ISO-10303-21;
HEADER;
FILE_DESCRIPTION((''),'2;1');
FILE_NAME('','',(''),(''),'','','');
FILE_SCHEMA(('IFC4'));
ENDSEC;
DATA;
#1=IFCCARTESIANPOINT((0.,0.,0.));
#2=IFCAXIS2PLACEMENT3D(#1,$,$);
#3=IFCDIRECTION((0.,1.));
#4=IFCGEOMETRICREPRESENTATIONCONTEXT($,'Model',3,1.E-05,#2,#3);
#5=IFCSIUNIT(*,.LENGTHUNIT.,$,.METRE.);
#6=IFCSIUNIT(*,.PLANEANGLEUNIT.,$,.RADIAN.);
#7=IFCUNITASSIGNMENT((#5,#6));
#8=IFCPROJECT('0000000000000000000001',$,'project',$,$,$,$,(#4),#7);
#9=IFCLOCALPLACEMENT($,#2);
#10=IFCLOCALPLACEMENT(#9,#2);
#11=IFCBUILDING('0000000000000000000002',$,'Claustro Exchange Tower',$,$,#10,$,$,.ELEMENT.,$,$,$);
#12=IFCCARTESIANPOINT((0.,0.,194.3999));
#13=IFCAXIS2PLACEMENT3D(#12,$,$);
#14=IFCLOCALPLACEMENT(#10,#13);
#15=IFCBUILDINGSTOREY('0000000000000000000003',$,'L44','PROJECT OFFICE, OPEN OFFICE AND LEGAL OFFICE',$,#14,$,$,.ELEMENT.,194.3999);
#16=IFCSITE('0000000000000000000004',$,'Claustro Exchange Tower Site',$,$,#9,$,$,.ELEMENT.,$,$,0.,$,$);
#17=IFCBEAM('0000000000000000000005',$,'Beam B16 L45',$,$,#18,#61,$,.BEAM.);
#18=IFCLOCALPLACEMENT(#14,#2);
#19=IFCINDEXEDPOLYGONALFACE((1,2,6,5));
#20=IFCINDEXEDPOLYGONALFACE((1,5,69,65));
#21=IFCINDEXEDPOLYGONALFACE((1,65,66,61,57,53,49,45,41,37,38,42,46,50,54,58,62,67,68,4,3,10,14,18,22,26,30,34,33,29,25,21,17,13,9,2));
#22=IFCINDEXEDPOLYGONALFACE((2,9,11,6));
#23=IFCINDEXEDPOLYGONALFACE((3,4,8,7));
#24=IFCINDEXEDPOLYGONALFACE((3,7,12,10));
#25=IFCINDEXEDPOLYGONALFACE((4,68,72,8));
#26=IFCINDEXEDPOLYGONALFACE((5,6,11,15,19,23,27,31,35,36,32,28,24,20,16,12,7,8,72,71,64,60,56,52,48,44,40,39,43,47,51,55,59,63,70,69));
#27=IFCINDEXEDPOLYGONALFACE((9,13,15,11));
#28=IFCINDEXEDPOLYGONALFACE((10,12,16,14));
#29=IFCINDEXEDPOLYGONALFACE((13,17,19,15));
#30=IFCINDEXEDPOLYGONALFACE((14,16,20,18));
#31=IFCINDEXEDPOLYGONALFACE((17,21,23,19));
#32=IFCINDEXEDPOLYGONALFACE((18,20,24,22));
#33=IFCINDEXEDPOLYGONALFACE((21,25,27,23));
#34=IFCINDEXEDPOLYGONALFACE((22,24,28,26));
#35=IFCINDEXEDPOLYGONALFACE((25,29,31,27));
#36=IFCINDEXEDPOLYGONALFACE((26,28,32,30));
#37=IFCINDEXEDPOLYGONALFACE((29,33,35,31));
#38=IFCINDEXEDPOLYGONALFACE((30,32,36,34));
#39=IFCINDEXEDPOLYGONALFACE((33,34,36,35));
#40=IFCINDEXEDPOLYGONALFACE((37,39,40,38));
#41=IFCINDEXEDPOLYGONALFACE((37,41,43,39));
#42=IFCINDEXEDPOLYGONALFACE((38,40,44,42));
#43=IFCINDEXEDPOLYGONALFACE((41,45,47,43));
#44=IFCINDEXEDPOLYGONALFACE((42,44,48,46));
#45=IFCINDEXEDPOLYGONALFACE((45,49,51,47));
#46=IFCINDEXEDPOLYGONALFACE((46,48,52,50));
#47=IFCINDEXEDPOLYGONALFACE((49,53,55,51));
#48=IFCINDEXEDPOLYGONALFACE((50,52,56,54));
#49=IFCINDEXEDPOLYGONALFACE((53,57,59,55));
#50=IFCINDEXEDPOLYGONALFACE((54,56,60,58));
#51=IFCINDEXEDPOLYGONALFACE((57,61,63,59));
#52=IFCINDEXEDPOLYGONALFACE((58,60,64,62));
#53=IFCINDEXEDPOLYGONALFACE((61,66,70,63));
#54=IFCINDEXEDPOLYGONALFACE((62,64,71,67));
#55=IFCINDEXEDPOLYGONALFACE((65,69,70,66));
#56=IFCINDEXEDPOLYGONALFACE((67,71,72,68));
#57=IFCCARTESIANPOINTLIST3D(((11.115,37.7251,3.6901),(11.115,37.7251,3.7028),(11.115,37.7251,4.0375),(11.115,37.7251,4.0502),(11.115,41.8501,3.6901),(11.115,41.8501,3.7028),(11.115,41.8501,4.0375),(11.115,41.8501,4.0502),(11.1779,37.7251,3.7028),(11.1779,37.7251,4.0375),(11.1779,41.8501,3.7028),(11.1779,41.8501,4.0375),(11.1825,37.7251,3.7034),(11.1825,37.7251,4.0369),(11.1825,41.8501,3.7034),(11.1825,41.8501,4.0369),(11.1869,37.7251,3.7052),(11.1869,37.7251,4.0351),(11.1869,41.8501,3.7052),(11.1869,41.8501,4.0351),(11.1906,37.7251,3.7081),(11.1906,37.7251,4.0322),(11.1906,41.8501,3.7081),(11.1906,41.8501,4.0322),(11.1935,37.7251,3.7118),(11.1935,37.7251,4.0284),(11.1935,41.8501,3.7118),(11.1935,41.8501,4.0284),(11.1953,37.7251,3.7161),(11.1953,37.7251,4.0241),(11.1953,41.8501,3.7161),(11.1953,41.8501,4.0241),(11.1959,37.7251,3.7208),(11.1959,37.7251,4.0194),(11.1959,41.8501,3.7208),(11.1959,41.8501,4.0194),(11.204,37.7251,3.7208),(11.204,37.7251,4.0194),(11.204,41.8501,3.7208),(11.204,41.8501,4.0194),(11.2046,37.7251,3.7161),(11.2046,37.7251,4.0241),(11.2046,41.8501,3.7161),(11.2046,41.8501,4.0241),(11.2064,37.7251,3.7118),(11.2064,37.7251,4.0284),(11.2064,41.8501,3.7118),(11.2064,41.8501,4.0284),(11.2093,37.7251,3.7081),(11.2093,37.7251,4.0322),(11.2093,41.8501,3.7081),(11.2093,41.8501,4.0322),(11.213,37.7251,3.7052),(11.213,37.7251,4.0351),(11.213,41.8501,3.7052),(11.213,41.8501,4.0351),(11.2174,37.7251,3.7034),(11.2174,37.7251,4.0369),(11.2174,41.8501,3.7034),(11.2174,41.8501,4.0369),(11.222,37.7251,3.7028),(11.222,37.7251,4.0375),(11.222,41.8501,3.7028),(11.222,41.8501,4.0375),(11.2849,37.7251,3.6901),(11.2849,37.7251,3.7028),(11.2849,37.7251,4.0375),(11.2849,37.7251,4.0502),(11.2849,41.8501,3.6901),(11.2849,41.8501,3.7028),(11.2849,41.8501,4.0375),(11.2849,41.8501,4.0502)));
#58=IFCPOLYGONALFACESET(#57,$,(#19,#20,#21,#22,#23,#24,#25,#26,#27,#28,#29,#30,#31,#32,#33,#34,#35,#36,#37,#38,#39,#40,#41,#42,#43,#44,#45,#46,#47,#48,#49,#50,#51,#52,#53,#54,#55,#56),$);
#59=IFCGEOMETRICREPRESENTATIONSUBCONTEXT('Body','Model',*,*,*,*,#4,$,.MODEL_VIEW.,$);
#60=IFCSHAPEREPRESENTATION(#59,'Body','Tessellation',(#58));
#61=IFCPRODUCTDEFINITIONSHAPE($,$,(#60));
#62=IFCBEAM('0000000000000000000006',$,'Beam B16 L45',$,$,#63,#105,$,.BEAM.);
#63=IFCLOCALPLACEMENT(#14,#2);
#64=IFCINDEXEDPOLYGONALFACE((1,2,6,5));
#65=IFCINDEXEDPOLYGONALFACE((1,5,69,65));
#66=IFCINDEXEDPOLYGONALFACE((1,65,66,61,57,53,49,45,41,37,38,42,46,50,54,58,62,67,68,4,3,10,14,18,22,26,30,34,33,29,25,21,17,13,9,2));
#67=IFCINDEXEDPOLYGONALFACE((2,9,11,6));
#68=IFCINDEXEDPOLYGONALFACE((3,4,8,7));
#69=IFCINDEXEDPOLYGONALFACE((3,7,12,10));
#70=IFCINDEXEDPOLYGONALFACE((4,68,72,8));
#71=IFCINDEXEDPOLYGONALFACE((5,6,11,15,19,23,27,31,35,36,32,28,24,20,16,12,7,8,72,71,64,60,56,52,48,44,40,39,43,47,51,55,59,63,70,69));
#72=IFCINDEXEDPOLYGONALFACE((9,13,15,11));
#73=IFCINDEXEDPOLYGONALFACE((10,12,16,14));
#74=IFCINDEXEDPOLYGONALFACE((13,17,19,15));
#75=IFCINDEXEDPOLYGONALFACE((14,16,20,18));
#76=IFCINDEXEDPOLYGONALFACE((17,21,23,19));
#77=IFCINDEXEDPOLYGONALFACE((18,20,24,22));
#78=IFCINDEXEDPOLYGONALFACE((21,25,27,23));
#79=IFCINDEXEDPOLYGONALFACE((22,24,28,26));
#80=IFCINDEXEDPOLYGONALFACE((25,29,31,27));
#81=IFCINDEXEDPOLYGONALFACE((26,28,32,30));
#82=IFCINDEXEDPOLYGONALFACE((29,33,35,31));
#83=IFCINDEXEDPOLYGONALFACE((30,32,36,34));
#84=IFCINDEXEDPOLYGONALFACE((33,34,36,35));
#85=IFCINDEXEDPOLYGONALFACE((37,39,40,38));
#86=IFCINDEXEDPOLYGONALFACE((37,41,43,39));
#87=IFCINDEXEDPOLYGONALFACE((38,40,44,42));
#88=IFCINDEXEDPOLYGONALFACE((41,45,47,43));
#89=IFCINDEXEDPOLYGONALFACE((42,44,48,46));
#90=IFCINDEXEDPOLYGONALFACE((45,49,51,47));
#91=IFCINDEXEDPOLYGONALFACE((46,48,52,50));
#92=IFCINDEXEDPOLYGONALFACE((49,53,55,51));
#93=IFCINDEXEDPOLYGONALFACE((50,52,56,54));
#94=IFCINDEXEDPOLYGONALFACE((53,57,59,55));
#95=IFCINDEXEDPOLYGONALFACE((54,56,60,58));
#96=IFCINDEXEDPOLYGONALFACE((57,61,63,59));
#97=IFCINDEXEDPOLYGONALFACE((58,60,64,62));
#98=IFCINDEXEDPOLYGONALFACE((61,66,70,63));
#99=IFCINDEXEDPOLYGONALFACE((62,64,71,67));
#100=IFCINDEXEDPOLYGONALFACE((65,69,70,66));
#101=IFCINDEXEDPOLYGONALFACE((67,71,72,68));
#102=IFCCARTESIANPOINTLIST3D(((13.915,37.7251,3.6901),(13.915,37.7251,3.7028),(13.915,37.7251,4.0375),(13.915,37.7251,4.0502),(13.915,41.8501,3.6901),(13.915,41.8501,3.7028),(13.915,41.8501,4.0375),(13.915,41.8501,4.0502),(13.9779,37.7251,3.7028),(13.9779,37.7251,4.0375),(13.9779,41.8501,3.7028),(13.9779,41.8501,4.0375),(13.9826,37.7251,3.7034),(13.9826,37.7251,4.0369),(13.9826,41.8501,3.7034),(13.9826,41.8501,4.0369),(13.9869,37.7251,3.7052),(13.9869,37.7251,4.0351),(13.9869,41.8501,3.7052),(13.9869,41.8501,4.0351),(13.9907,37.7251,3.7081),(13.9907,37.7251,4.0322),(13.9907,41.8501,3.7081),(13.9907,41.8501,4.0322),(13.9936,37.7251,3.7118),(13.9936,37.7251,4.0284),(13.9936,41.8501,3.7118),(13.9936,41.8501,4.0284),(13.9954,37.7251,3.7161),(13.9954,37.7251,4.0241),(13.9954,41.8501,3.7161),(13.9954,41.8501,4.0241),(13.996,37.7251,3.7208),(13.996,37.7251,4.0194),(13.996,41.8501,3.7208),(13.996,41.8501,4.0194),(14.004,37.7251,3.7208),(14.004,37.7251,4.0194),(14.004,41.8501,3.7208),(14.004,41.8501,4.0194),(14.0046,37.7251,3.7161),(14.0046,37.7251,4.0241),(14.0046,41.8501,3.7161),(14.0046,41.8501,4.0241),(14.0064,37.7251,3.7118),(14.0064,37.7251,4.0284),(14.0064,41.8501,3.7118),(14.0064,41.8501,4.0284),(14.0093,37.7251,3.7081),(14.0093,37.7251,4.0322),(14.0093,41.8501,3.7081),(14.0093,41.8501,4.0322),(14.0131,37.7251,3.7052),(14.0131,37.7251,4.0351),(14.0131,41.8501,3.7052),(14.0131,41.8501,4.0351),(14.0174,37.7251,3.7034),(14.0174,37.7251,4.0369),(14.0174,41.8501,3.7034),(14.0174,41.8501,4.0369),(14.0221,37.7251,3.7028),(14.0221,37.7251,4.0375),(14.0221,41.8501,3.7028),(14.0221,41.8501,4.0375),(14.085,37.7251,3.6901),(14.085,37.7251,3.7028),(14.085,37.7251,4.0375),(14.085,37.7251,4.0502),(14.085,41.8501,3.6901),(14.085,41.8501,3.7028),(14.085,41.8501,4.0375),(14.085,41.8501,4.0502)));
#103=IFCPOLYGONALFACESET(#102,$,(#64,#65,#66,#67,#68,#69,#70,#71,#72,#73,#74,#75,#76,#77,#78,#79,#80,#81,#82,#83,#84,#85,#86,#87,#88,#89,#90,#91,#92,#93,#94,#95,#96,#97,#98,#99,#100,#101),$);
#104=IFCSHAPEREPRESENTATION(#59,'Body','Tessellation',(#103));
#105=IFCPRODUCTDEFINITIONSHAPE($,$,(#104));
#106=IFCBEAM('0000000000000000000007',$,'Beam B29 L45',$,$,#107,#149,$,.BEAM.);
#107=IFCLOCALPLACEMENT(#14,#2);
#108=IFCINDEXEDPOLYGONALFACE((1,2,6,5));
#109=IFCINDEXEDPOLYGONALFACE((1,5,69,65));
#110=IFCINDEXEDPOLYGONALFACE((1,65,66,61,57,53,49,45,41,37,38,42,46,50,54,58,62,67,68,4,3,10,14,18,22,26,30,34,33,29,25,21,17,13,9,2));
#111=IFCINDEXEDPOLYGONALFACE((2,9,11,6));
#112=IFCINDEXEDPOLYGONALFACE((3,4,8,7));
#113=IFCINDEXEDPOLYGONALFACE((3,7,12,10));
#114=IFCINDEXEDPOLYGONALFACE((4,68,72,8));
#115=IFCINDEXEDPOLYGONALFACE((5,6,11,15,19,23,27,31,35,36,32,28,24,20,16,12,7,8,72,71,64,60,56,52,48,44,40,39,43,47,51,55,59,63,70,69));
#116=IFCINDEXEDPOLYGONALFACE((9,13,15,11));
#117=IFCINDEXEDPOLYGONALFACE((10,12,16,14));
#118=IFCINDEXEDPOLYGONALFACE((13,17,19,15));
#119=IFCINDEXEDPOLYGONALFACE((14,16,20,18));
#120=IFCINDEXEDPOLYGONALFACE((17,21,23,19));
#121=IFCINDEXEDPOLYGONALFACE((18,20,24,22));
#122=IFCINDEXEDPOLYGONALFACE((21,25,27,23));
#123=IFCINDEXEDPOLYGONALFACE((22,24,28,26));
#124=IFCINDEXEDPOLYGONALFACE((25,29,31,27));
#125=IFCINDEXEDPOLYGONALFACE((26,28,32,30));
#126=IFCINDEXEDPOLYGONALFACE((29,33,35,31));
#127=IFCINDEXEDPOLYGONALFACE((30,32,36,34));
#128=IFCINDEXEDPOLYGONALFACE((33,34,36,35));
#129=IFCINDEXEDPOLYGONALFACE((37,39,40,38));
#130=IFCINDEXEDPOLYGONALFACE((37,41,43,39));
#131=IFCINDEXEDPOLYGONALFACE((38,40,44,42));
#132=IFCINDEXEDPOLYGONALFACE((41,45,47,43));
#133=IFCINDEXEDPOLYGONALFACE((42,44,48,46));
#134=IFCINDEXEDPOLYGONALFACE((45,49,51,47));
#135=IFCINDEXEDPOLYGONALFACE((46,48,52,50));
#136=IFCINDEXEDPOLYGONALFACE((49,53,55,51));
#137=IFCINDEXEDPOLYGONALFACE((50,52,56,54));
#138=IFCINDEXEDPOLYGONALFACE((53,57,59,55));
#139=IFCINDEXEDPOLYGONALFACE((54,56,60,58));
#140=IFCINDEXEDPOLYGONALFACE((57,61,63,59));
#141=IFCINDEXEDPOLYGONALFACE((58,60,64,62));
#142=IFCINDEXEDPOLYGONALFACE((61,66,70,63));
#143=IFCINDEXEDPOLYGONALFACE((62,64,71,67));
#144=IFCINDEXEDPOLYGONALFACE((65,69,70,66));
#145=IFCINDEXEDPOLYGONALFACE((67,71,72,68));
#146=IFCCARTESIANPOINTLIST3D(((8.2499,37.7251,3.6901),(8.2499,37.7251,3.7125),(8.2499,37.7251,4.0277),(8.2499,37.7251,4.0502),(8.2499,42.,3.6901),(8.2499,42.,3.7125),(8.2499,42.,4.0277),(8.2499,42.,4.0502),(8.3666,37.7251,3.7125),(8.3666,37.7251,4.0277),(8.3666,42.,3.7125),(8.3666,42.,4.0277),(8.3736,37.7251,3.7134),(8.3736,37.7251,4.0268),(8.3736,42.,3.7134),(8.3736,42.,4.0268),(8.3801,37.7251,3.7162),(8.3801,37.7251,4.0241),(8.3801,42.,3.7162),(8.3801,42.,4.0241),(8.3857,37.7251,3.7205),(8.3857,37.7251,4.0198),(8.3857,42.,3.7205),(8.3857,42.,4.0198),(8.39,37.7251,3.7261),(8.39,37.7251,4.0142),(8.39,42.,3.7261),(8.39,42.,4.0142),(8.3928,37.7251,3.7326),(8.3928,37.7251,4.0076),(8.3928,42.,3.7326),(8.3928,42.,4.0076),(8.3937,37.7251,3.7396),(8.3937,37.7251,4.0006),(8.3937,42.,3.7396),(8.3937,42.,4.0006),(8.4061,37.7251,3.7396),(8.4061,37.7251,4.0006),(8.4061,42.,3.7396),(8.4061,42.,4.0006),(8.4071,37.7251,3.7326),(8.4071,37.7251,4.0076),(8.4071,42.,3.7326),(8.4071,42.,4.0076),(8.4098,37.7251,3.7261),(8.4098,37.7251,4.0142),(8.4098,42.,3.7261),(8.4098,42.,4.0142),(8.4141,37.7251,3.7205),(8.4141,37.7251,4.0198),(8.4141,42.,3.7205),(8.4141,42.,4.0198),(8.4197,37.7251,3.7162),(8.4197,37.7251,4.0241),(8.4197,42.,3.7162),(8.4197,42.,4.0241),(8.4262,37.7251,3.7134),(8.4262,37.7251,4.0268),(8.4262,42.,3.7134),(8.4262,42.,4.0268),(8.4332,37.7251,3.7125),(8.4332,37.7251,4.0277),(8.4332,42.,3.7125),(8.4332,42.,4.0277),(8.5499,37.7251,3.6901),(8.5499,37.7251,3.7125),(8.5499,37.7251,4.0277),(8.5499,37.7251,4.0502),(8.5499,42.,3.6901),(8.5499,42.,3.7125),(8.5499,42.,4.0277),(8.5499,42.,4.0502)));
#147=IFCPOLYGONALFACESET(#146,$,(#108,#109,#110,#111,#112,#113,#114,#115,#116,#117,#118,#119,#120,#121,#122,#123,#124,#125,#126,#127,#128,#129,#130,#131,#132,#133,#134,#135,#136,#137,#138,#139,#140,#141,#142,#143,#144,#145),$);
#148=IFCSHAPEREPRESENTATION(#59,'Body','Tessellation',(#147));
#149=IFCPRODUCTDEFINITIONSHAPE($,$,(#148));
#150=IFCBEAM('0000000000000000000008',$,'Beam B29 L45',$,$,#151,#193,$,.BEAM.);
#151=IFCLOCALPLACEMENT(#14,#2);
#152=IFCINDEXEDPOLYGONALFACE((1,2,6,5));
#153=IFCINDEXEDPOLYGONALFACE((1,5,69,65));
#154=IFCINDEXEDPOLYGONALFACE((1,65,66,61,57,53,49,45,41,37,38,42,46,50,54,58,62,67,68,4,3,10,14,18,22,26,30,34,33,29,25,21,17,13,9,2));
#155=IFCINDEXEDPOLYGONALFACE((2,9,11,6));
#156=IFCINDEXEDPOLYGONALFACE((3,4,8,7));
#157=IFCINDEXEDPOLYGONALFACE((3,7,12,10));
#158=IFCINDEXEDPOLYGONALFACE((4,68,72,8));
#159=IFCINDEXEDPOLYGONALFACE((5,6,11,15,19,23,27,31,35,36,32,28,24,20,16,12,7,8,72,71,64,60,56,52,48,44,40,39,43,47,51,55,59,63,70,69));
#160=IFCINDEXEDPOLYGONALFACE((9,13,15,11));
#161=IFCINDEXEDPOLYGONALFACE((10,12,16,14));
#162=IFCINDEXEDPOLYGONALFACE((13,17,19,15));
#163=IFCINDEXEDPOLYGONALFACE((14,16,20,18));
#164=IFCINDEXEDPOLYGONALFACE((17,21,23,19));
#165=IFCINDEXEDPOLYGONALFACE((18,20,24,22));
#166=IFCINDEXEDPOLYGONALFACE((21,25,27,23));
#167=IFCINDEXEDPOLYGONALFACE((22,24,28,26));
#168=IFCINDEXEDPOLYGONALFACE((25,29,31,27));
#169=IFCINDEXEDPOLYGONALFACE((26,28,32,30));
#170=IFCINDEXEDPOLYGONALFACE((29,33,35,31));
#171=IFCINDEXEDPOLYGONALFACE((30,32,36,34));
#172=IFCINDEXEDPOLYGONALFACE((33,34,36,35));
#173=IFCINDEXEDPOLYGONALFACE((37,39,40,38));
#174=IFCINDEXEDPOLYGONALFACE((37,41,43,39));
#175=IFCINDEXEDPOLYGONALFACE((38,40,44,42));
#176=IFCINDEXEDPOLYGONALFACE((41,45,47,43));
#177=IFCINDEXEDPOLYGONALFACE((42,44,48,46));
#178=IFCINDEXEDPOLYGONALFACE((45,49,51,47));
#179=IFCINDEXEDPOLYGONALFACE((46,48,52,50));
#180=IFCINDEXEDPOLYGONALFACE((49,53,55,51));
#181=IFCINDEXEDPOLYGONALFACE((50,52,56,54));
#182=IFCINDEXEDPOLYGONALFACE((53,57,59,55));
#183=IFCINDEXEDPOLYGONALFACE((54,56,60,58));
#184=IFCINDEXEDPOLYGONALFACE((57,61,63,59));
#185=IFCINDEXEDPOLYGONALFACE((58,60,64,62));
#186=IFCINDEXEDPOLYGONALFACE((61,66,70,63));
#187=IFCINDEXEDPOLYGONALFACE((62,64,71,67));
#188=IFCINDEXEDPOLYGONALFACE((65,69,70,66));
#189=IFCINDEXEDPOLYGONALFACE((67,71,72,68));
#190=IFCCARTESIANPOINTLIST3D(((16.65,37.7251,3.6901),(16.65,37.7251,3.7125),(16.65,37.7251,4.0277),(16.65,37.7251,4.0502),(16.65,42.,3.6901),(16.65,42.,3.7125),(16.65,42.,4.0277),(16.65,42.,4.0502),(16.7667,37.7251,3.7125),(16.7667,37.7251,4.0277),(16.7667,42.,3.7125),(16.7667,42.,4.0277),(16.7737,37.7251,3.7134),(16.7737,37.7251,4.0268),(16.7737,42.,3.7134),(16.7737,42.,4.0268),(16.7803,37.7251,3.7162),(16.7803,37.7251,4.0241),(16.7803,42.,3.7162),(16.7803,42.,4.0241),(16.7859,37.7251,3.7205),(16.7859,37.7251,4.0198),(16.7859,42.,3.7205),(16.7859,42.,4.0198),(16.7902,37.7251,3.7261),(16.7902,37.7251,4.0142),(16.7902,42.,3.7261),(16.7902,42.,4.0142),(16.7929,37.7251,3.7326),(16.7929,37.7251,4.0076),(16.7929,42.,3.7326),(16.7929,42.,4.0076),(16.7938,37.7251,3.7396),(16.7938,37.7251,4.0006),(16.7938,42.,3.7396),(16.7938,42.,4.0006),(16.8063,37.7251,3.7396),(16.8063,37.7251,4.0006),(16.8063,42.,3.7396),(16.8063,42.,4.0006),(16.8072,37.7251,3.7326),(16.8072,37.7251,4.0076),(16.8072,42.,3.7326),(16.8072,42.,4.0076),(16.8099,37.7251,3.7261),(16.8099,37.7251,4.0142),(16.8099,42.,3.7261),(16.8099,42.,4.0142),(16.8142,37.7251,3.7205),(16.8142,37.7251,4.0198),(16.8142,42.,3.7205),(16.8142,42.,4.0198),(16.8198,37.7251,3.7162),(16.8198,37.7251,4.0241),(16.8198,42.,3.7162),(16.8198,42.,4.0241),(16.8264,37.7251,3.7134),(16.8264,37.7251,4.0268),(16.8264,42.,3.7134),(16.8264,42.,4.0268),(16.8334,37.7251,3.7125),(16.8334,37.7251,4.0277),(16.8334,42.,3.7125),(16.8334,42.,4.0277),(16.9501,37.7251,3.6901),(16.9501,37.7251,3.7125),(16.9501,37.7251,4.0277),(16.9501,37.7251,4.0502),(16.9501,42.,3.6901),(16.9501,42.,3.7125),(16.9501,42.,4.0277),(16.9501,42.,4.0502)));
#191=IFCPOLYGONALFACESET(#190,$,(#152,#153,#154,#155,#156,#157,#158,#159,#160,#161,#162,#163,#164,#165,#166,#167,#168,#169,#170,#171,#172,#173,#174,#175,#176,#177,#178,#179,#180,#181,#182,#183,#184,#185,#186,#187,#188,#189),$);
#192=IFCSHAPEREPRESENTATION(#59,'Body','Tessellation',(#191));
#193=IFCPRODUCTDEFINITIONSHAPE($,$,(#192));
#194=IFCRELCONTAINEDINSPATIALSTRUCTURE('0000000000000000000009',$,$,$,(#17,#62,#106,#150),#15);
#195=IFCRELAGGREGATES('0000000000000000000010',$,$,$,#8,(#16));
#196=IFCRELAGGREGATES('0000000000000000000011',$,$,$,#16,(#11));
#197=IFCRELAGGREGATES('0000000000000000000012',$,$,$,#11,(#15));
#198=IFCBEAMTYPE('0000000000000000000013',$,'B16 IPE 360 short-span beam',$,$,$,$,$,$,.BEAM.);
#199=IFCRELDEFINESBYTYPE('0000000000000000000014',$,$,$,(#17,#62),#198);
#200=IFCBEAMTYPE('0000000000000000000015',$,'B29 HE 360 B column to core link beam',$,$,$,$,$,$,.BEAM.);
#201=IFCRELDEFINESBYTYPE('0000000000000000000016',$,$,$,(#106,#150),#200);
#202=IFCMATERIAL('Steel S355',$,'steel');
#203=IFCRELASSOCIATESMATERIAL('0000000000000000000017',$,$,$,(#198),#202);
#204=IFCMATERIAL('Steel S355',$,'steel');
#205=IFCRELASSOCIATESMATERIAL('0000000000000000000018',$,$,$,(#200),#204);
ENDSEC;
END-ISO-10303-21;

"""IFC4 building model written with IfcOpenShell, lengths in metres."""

from ifc_helpers import new_model, si_unit, direction, frame, origin, origin_2d, place, context, subcontext, project, spatial, i_section, extrude, material, material_profile, profile_set, type_object, element, save


model = new_model("IFC4")

# Units and contexts
model_context = context("Model", 3, precision=1e-05, world=origin(), true_north=direction((0.0, 1.0)))
body_context = subcontext(model_context, "Body", "Model", "MODEL_VIEW")
ifc_project = project(units=[si_unit("LENGTHUNIT", "METRE"), si_unit("PLANEANGLEUNIT", "RADIAN")], contexts=[model_context])

# Site, building, storey
site_placement = place(None, origin())
site = spatial("IfcSite", under=ifc_project, at=site_placement, Name="Claustro Exchange Tower Site", CompositionType="ELEMENT", RefElevation=0.0)
building_placement = place(site_placement, origin())
building = spatial("IfcBuilding", under=site, at=building_placement, Name="Claustro Exchange Tower", CompositionType="ELEMENT")
storey_placement = place(building_placement, frame((0.0, 0.0, 194.3999)))
storey = spatial("IfcBuildingStorey", under=building, at=storey_placement, Name="L44", Description="PROJECT OFFICE, OPEN OFFICE AND LEGAL OFFICE", CompositionType="ELEMENT", Elevation=194.3999)

# Beams
ifc_material_1 = material(Name="Steel S355", Category="steel")
ifc_material_profile_1 = material_profile(ifc_material_1, i_section(OverallWidth=0.1699, OverallDepth=0.3601, WebThickness=0.0081, FlangeThickness=0.0127, FilletRadius=0.0181, at=origin_2d()), Name="IPE 360")
ifc_profile_set_1 = profile_set([ifc_material_profile_1], Name="Steel S355")
beam_type_1 = type_object("IfcBeamType", Name="B16 IPE 360 short-span beam", PredefinedType="BEAM", material=ifc_profile_set_1)
for number, where, z_axis, x_axis, name in (
    (1, (11.2, 37.7251, 3.8701), (0.0, 1.0, 0.0), (-1.0, 0.0, 0.0), "Beam B16 L45"),
    (2, (14.0, 37.7251, 3.8701), (0.0, 1.0, 0.0), (-1.0, 0.0, 0.0), "Beam B16 L45"),
):
    element("IfcBeam", number, at=place(storey_placement, frame(where, z_axis=z_axis, x_axis=x_axis)), inside=storey, type_object=beam_type_1, Name=name, PredefinedType="BEAM", context=body_context, shape_type="SweptSolid", body=[
        extrude(i_section(OverallWidth=0.1699, OverallDepth=0.3601, WebThickness=0.0081, FlangeThickness=0.0127, FilletRadius=0.0181, at=origin_2d()), origin(), (0.0, 0.0, 1.0), 4.125),
    ])
ifc_material_2 = material(Name="Steel S355", Category="steel")
ifc_material_profile_2 = material_profile(ifc_material_2, i_section(OverallWidth=0.3, OverallDepth=0.3601, WebThickness=0.0125, FlangeThickness=0.0225, FilletRadius=0.0271, at=origin_2d()), Name="HE 360 B")
ifc_profile_set_2 = profile_set([ifc_material_profile_2], Name="Steel S355")
beam_type_2 = type_object("IfcBeamType", Name="B29 HE 360 B column to core link beam", PredefinedType="BEAM", material=ifc_profile_set_2)
for number, where, z_axis, x_axis, name in (
    (3, (8.3999, 37.7251, 3.8701), (0.0, 1.0, 0.0), (-1.0, 0.0, 0.0), "Beam B29 L45"),
    (4, (16.8, 37.7251, 3.8701), (0.0, 1.0, 0.0), (-1.0, 0.0, 0.0), "Beam B29 L45"),
):
    element("IfcBeam", number, at=place(storey_placement, frame(where, z_axis=z_axis, x_axis=x_axis)), inside=storey, type_object=beam_type_2, Name=name, PredefinedType="BEAM", context=body_context, shape_type="SweptSolid", body=[
        extrude(i_section(OverallWidth=0.3, OverallDepth=0.3601, WebThickness=0.0125, FlangeThickness=0.0225, FilletRadius=0.0271, at=origin_2d()), origin(), (0.0, 0.0, 1.0), 4.2749),
    ])

save(model, "model.ifc")
